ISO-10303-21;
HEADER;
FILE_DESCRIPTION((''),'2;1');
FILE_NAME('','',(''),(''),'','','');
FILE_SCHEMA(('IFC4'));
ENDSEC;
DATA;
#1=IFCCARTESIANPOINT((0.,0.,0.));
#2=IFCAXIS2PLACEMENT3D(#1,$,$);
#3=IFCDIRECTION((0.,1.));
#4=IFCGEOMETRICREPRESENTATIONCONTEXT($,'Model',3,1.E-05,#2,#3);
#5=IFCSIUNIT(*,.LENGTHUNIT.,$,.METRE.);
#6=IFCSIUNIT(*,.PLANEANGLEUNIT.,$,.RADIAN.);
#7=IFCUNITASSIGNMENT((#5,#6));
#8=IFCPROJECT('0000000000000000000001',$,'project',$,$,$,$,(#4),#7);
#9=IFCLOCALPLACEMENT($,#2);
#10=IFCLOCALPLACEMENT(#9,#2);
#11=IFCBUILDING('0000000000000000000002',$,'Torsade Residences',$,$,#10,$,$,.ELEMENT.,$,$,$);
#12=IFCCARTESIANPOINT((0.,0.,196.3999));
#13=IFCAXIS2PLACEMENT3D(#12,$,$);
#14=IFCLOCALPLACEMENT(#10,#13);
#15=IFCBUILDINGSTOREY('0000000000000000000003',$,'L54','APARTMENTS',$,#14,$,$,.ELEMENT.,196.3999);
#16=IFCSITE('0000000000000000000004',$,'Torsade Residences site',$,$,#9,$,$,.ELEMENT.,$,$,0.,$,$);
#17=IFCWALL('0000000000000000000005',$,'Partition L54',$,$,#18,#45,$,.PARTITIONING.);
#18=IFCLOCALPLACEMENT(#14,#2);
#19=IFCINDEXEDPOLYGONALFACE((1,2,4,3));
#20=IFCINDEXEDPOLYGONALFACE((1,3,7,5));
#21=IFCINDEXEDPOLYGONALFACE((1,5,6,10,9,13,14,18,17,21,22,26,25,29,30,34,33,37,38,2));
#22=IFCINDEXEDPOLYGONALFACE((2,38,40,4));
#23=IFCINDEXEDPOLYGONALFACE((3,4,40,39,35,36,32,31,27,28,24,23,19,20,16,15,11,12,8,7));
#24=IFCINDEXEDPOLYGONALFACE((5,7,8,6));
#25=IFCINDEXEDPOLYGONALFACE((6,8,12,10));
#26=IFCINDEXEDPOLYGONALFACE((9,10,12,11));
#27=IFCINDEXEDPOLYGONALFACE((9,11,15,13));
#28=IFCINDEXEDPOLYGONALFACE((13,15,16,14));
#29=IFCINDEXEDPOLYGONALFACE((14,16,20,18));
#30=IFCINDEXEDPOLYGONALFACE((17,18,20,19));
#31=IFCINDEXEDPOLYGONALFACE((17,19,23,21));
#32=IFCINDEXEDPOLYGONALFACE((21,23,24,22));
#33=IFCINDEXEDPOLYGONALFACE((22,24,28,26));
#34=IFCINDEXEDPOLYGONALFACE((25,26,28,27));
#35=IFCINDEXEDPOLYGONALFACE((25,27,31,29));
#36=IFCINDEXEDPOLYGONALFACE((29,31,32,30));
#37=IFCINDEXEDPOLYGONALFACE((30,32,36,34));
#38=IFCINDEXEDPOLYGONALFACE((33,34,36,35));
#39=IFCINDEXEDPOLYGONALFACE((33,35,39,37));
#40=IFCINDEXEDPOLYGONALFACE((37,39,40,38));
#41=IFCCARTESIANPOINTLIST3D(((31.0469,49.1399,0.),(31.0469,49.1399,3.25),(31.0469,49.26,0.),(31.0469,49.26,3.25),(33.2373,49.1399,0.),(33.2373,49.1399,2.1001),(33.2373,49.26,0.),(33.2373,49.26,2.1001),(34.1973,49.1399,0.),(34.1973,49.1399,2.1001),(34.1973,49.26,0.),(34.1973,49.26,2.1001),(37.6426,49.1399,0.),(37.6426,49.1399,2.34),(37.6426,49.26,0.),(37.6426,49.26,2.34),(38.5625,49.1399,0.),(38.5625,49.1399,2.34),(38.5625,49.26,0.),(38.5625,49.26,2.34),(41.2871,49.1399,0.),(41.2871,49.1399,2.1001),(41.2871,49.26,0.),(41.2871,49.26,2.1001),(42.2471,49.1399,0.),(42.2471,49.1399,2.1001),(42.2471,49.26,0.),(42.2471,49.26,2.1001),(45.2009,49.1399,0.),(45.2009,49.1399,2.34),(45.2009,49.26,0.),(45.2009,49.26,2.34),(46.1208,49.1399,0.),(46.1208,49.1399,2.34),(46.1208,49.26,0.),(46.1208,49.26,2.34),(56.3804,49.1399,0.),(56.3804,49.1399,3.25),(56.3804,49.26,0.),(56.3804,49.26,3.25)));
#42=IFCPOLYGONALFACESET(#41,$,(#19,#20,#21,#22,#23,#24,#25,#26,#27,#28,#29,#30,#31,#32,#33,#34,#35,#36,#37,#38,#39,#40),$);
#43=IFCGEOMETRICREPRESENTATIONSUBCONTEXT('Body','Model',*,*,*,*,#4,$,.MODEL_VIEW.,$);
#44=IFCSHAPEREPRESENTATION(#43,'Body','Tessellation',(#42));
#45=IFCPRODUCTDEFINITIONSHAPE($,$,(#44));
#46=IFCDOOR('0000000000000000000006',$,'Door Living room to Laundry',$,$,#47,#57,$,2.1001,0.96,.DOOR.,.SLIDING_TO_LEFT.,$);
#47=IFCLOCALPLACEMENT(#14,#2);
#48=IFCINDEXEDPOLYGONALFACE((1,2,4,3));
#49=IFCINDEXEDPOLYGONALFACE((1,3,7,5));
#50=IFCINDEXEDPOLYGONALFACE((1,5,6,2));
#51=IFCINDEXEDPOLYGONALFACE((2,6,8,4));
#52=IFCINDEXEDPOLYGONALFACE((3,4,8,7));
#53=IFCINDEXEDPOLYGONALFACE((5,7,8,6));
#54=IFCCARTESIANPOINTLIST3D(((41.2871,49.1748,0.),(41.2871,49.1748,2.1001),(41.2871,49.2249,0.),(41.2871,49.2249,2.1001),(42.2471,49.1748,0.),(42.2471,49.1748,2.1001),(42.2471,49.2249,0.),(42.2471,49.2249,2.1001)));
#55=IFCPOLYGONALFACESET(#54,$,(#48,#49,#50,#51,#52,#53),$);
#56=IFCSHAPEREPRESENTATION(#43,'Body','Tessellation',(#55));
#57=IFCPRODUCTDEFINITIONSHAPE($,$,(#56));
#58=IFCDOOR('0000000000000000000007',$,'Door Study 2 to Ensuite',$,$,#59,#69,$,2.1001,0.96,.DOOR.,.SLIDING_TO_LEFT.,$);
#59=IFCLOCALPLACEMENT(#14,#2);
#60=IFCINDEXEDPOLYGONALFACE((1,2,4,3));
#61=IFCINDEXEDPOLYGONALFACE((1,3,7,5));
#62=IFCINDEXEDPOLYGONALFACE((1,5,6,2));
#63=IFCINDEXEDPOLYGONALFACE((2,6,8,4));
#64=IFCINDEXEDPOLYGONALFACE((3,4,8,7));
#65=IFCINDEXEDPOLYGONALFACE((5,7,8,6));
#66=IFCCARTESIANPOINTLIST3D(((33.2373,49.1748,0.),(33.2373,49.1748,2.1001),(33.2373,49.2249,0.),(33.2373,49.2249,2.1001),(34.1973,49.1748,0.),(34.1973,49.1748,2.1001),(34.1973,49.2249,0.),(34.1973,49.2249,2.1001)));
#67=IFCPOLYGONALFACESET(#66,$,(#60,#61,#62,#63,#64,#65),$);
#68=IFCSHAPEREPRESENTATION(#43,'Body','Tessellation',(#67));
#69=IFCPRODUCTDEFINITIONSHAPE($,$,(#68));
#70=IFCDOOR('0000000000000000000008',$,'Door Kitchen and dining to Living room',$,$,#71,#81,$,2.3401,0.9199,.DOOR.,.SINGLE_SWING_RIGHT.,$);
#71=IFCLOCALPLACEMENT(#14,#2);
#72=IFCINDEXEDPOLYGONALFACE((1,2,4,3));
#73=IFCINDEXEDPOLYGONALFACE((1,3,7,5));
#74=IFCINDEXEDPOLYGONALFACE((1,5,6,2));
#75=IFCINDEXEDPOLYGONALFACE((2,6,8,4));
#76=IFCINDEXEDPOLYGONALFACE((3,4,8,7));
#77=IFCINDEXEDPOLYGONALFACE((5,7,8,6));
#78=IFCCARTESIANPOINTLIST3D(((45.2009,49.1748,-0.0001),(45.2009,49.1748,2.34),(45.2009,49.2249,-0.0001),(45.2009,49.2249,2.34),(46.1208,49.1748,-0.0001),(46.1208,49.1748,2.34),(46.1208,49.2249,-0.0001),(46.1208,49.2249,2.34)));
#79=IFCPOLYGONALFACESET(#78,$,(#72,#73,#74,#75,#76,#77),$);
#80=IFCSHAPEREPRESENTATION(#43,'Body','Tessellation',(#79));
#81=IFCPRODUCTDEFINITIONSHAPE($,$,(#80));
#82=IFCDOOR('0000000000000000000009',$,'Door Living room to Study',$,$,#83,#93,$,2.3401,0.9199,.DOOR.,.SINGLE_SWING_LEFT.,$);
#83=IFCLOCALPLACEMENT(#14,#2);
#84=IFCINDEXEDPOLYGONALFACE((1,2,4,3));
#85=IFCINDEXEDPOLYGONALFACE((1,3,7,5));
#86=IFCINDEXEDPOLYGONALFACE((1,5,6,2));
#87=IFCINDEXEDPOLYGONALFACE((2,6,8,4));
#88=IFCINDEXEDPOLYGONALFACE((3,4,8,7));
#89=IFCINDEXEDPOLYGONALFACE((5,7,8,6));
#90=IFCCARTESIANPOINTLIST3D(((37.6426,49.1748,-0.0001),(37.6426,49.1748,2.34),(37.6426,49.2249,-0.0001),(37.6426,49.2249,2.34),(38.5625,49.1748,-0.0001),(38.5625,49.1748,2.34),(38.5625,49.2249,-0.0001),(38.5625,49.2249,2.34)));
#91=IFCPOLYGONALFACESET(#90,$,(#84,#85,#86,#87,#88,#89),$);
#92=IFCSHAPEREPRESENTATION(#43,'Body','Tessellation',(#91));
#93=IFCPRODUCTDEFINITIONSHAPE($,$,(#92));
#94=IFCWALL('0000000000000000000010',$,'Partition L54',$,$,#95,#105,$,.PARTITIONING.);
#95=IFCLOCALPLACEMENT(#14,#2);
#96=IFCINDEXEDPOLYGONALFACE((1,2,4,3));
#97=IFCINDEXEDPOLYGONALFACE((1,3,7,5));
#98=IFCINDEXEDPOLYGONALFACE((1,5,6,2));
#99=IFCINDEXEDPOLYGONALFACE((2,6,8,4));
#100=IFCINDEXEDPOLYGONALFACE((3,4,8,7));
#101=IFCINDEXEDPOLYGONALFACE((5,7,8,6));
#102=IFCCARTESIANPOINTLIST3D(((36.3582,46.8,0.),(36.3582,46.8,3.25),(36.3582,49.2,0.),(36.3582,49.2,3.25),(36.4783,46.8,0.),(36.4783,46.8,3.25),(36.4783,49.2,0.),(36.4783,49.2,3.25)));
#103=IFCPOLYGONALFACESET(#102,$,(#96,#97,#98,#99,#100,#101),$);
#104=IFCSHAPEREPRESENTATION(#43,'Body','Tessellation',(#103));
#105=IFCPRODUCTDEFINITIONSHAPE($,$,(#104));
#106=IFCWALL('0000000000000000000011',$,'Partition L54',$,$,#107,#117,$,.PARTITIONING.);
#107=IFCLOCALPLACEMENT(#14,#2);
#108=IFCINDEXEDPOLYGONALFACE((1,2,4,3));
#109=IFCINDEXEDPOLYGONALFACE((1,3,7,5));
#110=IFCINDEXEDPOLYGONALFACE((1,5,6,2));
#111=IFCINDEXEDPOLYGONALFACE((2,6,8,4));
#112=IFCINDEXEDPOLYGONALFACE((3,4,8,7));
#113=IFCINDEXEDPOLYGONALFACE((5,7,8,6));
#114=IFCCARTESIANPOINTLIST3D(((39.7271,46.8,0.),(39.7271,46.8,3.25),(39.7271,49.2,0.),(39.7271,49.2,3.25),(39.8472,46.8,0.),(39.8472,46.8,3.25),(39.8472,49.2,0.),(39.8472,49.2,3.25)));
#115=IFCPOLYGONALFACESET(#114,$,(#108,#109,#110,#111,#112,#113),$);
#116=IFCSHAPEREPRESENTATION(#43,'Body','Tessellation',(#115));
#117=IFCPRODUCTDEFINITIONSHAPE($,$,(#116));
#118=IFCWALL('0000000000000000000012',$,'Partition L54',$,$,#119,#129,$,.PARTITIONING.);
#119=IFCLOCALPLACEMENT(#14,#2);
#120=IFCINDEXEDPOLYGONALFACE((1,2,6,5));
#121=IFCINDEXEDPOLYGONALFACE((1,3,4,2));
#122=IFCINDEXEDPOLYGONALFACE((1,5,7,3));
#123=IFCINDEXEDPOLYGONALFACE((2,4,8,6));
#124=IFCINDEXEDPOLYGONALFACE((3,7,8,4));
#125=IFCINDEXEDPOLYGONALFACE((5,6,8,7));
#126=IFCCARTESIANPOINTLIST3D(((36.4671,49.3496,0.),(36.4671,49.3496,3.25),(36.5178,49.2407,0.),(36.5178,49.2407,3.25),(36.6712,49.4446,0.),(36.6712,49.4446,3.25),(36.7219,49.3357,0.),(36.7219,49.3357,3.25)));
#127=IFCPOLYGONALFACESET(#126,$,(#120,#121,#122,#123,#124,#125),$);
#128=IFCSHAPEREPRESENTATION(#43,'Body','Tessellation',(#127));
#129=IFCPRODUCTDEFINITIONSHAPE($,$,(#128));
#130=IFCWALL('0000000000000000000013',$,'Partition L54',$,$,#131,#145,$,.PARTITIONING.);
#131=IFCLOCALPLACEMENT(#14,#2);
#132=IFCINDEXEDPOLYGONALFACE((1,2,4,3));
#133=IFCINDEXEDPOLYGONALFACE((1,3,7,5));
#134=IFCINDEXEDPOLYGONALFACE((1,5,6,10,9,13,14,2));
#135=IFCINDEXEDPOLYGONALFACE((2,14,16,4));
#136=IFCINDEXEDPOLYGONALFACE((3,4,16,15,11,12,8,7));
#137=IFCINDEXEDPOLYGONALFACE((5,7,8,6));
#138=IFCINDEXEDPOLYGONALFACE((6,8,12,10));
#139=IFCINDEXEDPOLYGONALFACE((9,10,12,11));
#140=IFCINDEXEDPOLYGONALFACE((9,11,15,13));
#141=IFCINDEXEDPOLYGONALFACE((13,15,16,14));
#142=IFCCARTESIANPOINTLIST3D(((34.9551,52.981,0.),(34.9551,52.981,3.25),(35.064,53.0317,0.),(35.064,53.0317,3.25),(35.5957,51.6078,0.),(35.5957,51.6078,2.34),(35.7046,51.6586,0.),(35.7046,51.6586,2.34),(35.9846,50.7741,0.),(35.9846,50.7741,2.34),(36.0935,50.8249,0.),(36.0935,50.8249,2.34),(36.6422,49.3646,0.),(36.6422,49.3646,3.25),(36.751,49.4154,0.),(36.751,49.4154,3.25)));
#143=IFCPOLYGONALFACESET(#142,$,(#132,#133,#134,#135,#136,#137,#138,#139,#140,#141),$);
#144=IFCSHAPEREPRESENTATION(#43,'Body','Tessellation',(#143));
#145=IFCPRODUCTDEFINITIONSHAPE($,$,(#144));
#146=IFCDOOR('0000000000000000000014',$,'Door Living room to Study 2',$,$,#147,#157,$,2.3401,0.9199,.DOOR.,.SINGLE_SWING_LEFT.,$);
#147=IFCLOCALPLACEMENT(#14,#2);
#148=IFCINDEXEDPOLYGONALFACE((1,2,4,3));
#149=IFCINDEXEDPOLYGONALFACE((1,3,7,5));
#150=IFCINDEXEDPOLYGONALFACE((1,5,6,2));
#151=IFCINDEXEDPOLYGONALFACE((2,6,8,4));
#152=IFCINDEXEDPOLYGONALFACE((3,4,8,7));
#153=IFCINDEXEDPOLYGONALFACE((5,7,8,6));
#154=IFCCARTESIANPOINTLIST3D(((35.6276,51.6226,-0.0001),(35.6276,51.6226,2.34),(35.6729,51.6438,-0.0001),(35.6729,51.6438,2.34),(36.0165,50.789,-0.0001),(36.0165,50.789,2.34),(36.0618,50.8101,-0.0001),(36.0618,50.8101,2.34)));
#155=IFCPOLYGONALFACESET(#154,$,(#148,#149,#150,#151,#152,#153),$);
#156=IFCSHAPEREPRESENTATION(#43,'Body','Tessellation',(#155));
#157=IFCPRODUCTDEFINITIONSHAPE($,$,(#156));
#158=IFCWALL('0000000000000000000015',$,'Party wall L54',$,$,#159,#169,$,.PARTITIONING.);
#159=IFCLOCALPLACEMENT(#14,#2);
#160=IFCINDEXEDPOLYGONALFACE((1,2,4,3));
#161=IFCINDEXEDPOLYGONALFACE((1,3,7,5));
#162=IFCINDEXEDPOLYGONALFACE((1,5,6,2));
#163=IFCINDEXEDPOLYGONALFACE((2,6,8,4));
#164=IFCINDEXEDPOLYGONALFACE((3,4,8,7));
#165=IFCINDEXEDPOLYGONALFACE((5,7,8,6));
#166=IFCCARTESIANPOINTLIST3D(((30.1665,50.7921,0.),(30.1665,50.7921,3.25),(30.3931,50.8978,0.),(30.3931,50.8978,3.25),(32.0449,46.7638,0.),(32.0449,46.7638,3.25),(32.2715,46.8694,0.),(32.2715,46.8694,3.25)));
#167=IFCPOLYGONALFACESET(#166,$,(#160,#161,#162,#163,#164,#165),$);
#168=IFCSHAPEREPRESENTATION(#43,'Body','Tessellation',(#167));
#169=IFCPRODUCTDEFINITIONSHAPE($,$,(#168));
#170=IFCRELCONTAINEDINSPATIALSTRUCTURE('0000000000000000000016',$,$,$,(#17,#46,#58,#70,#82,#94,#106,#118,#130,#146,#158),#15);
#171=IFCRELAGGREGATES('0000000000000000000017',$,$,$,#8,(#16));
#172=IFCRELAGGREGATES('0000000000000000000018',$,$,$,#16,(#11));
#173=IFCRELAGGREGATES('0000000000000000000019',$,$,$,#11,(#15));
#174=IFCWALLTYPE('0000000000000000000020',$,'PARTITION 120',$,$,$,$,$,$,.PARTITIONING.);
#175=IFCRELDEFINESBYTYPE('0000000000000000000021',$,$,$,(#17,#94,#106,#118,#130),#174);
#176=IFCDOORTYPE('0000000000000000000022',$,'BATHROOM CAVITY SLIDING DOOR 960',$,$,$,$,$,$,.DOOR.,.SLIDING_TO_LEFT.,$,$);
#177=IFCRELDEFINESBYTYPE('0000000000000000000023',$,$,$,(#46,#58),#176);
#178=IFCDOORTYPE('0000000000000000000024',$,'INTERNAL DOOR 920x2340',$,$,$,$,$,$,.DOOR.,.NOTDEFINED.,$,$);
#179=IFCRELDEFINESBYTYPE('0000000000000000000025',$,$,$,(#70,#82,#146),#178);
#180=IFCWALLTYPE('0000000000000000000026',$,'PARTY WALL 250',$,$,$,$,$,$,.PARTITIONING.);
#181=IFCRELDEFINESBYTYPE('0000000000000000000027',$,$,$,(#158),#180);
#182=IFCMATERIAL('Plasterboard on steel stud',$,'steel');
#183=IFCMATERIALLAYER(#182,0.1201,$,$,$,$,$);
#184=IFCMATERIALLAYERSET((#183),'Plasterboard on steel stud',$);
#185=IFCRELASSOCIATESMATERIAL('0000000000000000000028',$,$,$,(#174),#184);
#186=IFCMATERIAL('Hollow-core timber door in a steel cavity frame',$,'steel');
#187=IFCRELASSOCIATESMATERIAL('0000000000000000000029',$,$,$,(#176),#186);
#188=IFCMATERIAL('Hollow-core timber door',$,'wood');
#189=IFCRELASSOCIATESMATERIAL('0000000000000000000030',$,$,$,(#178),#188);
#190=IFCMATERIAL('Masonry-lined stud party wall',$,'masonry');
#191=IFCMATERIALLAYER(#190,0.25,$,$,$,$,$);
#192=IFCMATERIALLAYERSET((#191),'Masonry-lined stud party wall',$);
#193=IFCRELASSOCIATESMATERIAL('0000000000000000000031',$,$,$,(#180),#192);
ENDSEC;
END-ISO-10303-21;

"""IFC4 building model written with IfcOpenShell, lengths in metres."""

from ifc_helpers import new_model, si_unit, direction, frame, frame_2d, origin, place, context, subcontext, project, spatial, rectangle, extrude, material, layer, layer_set, type_object, element, fill, save


model = new_model("IFC4")

# Units and contexts
model_context = context("Model", 3, precision=1e-05, world=origin(), true_north=direction((0.0, 1.0)))
body_context = subcontext(model_context, "Body", "Model", "MODEL_VIEW")
ifc_project = project(units=[si_unit("LENGTHUNIT", "METRE"), si_unit("PLANEANGLEUNIT", "RADIAN")], contexts=[model_context])

# Site, building, storey
site_placement = place(None, origin())
site = spatial("IfcSite", under=ifc_project, at=site_placement, Name="Torsade Residences site", CompositionType="ELEMENT", RefElevation=0.0)
building_placement = place(site_placement, origin())
building = spatial("IfcBuilding", under=site, at=building_placement, Name="Torsade Residences", CompositionType="ELEMENT")
storey_placement = place(building_placement, frame((0.0, 0.0, 196.3999)))
storey = spatial("IfcBuildingStorey", under=building, at=storey_placement, Name="L54", Description="APARTMENTS", CompositionType="ELEMENT", Elevation=196.3999)

# Wall, openings, doors
ifc_material_1 = material(Name="Plasterboard on steel stud", Category="steel")
ifc_layer_1 = layer(ifc_material_1, 0.1201)
ifc_layer_set_1 = layer_set([ifc_layer_1], Name="Plasterboard on steel stud")
wall_type_1 = type_object("IfcWallType", Name="PARTITION 120", PredefinedType="PARTITIONING", material=ifc_layer_set_1)
wall_1_placement = place(storey_placement, frame((31.0469, 49.2, 0.0), z_axis=(0.0, 0.0, 1.0), x_axis=(1.0, 0.0, 0.0)))
wall_1 = element("IfcWall", 1, at=wall_1_placement, inside=storey, type_object=wall_type_1, Name="Partition L54", PredefinedType="PARTITIONING", context=body_context, shape_type="SweptSolid", body=[
    extrude(rectangle(XDim=25.3335, YDim=0.1201, at=frame_2d((12.6667, 0.0))), origin(), (0.0, 0.0, 1.0), 3.25),
])
opening_1_placement = place(wall_1_placement, frame((14.1541, 0.0, 0.0)))
opening_1 = element("IfcOpeningElement", 2, at=opening_1_placement, cuts=wall_1, PredefinedType="OPENING", context=body_context, shape_type="SweptSolid", body=[
    extrude(rectangle(XDim=0.9199, YDim=2.3401, at=frame_2d((0.46, 1.1699))), frame((0.0, 0.0701, 0.0), z_axis=(0.0, -1.0, 0.0), x_axis=(1.0, 0.0, 0.0)), (0.0, 0.0, 1.0), 0.1401),
])
opening_2_placement = place(wall_1_placement, frame((10.2402, 0.0, 0.0)))
opening_2 = element("IfcOpeningElement", 3, at=opening_2_placement, cuts=wall_1, PredefinedType="OPENING", context=body_context, shape_type="SweptSolid", body=[
    extrude(rectangle(XDim=0.96, YDim=2.1001, at=frame_2d((0.48, 1.05))), frame((0.0, 0.0701, 0.0), z_axis=(0.0, -1.0, 0.0), x_axis=(1.0, 0.0, 0.0)), (0.0, 0.0, 1.0), 0.1401),
])
opening_3_placement = place(wall_1_placement, frame((6.5957, 0.0, 0.0)))
opening_3 = element("IfcOpeningElement", 4, at=opening_3_placement, cuts=wall_1, PredefinedType="OPENING", context=body_context, shape_type="SweptSolid", body=[
    extrude(rectangle(XDim=0.9199, YDim=2.3401, at=frame_2d((0.46, 1.1699))), frame((0.0, 0.0701, 0.0), z_axis=(0.0, -1.0, 0.0), x_axis=(1.0, 0.0, 0.0)), (0.0, 0.0, 1.0), 0.1401),
])
opening_4_placement = place(wall_1_placement, frame((2.1904, 0.0, 0.0)))
opening_4 = element("IfcOpeningElement", 5, at=opening_4_placement, cuts=wall_1, PredefinedType="OPENING", context=body_context, shape_type="SweptSolid", body=[
    extrude(rectangle(XDim=0.96, YDim=2.1001, at=frame_2d((0.48, 1.05))), frame((0.0, 0.0701, 0.0), z_axis=(0.0, -1.0, 0.0), x_axis=(1.0, 0.0, 0.0)), (0.0, 0.0, 1.0), 0.1401),
])
ifc_material_2 = material(Name="Hollow-core timber door in a steel cavity frame", Category="steel")
door_type_1 = type_object("IfcDoorType", Name="BATHROOM CAVITY SLIDING DOOR 960", OperationType="SLIDING_TO_LEFT", PredefinedType="DOOR", material=ifc_material_2)
door_1_placement = place(opening_2_placement, origin())
door_1 = element("IfcDoor", 6, at=door_1_placement, inside=storey, type_object=door_type_1, Name="Door Living room to Laundry", OperationType="SLIDING_TO_LEFT", OverallHeight=2.1001, OverallWidth=0.96, PredefinedType="DOOR", context=body_context, shape_type="SweptSolid", body=[
    extrude(rectangle(XDim=0.96, YDim=2.1001, at=frame_2d((0.48, 1.05))), frame((0.0, 0.0249, 0.0), z_axis=(0.0, -1.0, 0.0), x_axis=(1.0, 0.0, 0.0)), (0.0, 0.0, 1.0), 0.05),
])
fill(opening_2, door_1)
door_2_placement = place(opening_4_placement, origin())
door_2 = element("IfcDoor", 7, at=door_2_placement, inside=storey, type_object=door_type_1, Name="Door Study 2 to Ensuite", OperationType="SLIDING_TO_LEFT", OverallHeight=2.1001, OverallWidth=0.96, PredefinedType="DOOR", context=body_context, shape_type="SweptSolid", body=[
    extrude(rectangle(XDim=0.96, YDim=2.1001, at=frame_2d((0.48, 1.05))), frame((0.0, 0.0249, 0.0), z_axis=(0.0, -1.0, 0.0), x_axis=(1.0, 0.0, 0.0)), (0.0, 0.0, 1.0), 0.05),
])
fill(opening_4, door_2)
ifc_material_3 = material(Name="Hollow-core timber door", Category="wood")
door_type_2 = type_object("IfcDoorType", Name="INTERNAL DOOR 920x2340", OperationType="NOTDEFINED", PredefinedType="DOOR", material=ifc_material_3)
door_3_placement = place(opening_1_placement, origin())
door_3 = element("IfcDoor", 8, at=door_3_placement, inside=storey, type_object=door_type_2, Name="Door Kitchen and dining to Living room", OperationType="SINGLE_SWING_RIGHT", OverallHeight=2.3401, OverallWidth=0.9199, PredefinedType="DOOR", context=body_context, shape_type="SweptSolid", body=[
    extrude(rectangle(XDim=0.9199, YDim=2.3401, at=frame_2d((0.46, 1.1699))), frame((0.0, 0.0249, 0.0), z_axis=(0.0, -1.0, 0.0), x_axis=(1.0, 0.0, 0.0)), (0.0, 0.0, 1.0), 0.05),
])
fill(opening_1, door_3)
door_4_placement = place(opening_3_placement, origin())
door_4 = element("IfcDoor", 9, at=door_4_placement, inside=storey, type_object=door_type_2, Name="Door Living room to Study", OperationType="SINGLE_SWING_LEFT", OverallHeight=2.3401, OverallWidth=0.9199, PredefinedType="DOOR", context=body_context, shape_type="SweptSolid", body=[
    extrude(rectangle(XDim=0.9199, YDim=2.3401, at=frame_2d((0.46, 1.1699))), frame((0.0, 0.0249, 0.0), z_axis=(0.0, -1.0, 0.0), x_axis=(1.0, 0.0, 0.0)), (0.0, 0.0, 1.0), 0.05),
])
fill(opening_3, door_4)

# Walls
for number, where, z_axis, x_axis, name in (
    (10, (36.4182, 49.2, 0.0), (0.0, 0.0, 1.0), (0.0, -1.0, 0.0), "Partition L54"),
    (11, (39.7871, 46.8, 0.0), (0.0, 0.0, 1.0), (0.0, 1.0, 0.0), "Partition L54"),
):
    element("IfcWall", number, at=place(storey_placement, frame(where, z_axis=z_axis, x_axis=x_axis)), inside=storey, type_object=wall_type_1, Name=name, PredefinedType="PARTITIONING", context=body_context, shape_type="SweptSolid", body=[
        extrude(rectangle(XDim=2.3999, YDim=0.1201, at=frame_2d((1.2, 0.0))), origin(), (0.0, 0.0, 1.0), 3.25),
    ])
wall_2_placement = place(storey_placement, frame((36.4924, 49.2952, 0.0), z_axis=(0.0, 0.0, 1.0), x_axis=(0.906654, 0.421876, 0.0)))
element("IfcWall", 12, at=wall_2_placement, inside=storey, type_object=wall_type_1, Name="Partition L54", PredefinedType="PARTITIONING", context=body_context, shape_type="SweptSolid", body=[
    extrude(rectangle(XDim=0.2251, YDim=0.1201, at=frame_2d((0.1125, 0.0))), origin(), (0.0, 0.0, 1.0), 3.25),
])

# Wall, opening, door
wall_3_placement = place(storey_placement, frame((36.6965, 49.3901, 0.0), z_axis=(0.0, 0.0, 1.0), x_axis=(-0.422772, 0.906236, 0.0)))
wall_3 = element("IfcWall", 13, at=wall_3_placement, inside=storey, type_object=wall_type_1, Name="Partition L54", PredefinedType="PARTITIONING", context=body_context, shape_type="SweptSolid", body=[
    extrude(rectangle(XDim=3.9905, YDim=0.1201, at=frame_2d((1.9951, 0.0))), origin(), (0.0, 0.0, 1.0), 3.25),
])
opening_5_placement = place(wall_3_placement, frame((1.5552, 0.0, 0.0)))
opening_5 = element("IfcOpeningElement", 14, at=opening_5_placement, cuts=wall_3, PredefinedType="OPENING", context=body_context, shape_type="SweptSolid", body=[
    extrude(rectangle(XDim=0.9199, YDim=2.3401, at=frame_2d((0.46, 1.1699))), frame((0.0, 0.0701, 0.0), z_axis=(0.0, -1.0, 0.0), x_axis=(1.0, 0.0, 0.0)), (0.0, 0.0, 1.0), 0.1401),
])
door_5_placement = place(opening_5_placement, origin())
door_5 = element("IfcDoor", 15, at=door_5_placement, inside=storey, type_object=door_type_2, Name="Door Living room to Study 2", OperationType="SINGLE_SWING_LEFT", OverallHeight=2.3401, OverallWidth=0.9199, PredefinedType="DOOR", context=body_context, shape_type="SweptSolid", body=[
    extrude(rectangle(XDim=0.9199, YDim=2.3401, at=frame_2d((0.46, 1.1699))), frame((0.0, 0.0249, 0.0), z_axis=(0.0, -1.0, 0.0), x_axis=(1.0, 0.0, 0.0)), (0.0, 0.0, 1.0), 0.05),
])
fill(opening_5, door_5)

# Wall
ifc_material_4 = material(Name="Masonry-lined stud party wall", Category="masonry")
ifc_layer_2 = layer(ifc_material_4, 0.25)
ifc_layer_set_2 = layer_set([ifc_layer_2], Name="Masonry-lined stud party wall")
wall_type_2 = type_object("IfcWallType", Name="PARTY WALL 250", PredefinedType="PARTITIONING", material=ifc_layer_set_2)
wall_4_placement = place(storey_placement, frame((30.2798, 50.845, 0.0), z_axis=(0.0, 0.0, 1.0), x_axis=(0.422615, -0.906309, 0.0)))
element("IfcWall", 16, at=wall_4_placement, inside=storey, type_object=wall_type_2, Name="Party wall L54", PredefinedType="PARTITIONING", context=body_context, shape_type="SweptSolid", body=[
    extrude(rectangle(XDim=4.4448, YDim=0.25, at=frame_2d((2.2224, 0.0))), origin(), (0.0, 0.0, 1.0), 3.25),
])

save(model, "model.ifc")
